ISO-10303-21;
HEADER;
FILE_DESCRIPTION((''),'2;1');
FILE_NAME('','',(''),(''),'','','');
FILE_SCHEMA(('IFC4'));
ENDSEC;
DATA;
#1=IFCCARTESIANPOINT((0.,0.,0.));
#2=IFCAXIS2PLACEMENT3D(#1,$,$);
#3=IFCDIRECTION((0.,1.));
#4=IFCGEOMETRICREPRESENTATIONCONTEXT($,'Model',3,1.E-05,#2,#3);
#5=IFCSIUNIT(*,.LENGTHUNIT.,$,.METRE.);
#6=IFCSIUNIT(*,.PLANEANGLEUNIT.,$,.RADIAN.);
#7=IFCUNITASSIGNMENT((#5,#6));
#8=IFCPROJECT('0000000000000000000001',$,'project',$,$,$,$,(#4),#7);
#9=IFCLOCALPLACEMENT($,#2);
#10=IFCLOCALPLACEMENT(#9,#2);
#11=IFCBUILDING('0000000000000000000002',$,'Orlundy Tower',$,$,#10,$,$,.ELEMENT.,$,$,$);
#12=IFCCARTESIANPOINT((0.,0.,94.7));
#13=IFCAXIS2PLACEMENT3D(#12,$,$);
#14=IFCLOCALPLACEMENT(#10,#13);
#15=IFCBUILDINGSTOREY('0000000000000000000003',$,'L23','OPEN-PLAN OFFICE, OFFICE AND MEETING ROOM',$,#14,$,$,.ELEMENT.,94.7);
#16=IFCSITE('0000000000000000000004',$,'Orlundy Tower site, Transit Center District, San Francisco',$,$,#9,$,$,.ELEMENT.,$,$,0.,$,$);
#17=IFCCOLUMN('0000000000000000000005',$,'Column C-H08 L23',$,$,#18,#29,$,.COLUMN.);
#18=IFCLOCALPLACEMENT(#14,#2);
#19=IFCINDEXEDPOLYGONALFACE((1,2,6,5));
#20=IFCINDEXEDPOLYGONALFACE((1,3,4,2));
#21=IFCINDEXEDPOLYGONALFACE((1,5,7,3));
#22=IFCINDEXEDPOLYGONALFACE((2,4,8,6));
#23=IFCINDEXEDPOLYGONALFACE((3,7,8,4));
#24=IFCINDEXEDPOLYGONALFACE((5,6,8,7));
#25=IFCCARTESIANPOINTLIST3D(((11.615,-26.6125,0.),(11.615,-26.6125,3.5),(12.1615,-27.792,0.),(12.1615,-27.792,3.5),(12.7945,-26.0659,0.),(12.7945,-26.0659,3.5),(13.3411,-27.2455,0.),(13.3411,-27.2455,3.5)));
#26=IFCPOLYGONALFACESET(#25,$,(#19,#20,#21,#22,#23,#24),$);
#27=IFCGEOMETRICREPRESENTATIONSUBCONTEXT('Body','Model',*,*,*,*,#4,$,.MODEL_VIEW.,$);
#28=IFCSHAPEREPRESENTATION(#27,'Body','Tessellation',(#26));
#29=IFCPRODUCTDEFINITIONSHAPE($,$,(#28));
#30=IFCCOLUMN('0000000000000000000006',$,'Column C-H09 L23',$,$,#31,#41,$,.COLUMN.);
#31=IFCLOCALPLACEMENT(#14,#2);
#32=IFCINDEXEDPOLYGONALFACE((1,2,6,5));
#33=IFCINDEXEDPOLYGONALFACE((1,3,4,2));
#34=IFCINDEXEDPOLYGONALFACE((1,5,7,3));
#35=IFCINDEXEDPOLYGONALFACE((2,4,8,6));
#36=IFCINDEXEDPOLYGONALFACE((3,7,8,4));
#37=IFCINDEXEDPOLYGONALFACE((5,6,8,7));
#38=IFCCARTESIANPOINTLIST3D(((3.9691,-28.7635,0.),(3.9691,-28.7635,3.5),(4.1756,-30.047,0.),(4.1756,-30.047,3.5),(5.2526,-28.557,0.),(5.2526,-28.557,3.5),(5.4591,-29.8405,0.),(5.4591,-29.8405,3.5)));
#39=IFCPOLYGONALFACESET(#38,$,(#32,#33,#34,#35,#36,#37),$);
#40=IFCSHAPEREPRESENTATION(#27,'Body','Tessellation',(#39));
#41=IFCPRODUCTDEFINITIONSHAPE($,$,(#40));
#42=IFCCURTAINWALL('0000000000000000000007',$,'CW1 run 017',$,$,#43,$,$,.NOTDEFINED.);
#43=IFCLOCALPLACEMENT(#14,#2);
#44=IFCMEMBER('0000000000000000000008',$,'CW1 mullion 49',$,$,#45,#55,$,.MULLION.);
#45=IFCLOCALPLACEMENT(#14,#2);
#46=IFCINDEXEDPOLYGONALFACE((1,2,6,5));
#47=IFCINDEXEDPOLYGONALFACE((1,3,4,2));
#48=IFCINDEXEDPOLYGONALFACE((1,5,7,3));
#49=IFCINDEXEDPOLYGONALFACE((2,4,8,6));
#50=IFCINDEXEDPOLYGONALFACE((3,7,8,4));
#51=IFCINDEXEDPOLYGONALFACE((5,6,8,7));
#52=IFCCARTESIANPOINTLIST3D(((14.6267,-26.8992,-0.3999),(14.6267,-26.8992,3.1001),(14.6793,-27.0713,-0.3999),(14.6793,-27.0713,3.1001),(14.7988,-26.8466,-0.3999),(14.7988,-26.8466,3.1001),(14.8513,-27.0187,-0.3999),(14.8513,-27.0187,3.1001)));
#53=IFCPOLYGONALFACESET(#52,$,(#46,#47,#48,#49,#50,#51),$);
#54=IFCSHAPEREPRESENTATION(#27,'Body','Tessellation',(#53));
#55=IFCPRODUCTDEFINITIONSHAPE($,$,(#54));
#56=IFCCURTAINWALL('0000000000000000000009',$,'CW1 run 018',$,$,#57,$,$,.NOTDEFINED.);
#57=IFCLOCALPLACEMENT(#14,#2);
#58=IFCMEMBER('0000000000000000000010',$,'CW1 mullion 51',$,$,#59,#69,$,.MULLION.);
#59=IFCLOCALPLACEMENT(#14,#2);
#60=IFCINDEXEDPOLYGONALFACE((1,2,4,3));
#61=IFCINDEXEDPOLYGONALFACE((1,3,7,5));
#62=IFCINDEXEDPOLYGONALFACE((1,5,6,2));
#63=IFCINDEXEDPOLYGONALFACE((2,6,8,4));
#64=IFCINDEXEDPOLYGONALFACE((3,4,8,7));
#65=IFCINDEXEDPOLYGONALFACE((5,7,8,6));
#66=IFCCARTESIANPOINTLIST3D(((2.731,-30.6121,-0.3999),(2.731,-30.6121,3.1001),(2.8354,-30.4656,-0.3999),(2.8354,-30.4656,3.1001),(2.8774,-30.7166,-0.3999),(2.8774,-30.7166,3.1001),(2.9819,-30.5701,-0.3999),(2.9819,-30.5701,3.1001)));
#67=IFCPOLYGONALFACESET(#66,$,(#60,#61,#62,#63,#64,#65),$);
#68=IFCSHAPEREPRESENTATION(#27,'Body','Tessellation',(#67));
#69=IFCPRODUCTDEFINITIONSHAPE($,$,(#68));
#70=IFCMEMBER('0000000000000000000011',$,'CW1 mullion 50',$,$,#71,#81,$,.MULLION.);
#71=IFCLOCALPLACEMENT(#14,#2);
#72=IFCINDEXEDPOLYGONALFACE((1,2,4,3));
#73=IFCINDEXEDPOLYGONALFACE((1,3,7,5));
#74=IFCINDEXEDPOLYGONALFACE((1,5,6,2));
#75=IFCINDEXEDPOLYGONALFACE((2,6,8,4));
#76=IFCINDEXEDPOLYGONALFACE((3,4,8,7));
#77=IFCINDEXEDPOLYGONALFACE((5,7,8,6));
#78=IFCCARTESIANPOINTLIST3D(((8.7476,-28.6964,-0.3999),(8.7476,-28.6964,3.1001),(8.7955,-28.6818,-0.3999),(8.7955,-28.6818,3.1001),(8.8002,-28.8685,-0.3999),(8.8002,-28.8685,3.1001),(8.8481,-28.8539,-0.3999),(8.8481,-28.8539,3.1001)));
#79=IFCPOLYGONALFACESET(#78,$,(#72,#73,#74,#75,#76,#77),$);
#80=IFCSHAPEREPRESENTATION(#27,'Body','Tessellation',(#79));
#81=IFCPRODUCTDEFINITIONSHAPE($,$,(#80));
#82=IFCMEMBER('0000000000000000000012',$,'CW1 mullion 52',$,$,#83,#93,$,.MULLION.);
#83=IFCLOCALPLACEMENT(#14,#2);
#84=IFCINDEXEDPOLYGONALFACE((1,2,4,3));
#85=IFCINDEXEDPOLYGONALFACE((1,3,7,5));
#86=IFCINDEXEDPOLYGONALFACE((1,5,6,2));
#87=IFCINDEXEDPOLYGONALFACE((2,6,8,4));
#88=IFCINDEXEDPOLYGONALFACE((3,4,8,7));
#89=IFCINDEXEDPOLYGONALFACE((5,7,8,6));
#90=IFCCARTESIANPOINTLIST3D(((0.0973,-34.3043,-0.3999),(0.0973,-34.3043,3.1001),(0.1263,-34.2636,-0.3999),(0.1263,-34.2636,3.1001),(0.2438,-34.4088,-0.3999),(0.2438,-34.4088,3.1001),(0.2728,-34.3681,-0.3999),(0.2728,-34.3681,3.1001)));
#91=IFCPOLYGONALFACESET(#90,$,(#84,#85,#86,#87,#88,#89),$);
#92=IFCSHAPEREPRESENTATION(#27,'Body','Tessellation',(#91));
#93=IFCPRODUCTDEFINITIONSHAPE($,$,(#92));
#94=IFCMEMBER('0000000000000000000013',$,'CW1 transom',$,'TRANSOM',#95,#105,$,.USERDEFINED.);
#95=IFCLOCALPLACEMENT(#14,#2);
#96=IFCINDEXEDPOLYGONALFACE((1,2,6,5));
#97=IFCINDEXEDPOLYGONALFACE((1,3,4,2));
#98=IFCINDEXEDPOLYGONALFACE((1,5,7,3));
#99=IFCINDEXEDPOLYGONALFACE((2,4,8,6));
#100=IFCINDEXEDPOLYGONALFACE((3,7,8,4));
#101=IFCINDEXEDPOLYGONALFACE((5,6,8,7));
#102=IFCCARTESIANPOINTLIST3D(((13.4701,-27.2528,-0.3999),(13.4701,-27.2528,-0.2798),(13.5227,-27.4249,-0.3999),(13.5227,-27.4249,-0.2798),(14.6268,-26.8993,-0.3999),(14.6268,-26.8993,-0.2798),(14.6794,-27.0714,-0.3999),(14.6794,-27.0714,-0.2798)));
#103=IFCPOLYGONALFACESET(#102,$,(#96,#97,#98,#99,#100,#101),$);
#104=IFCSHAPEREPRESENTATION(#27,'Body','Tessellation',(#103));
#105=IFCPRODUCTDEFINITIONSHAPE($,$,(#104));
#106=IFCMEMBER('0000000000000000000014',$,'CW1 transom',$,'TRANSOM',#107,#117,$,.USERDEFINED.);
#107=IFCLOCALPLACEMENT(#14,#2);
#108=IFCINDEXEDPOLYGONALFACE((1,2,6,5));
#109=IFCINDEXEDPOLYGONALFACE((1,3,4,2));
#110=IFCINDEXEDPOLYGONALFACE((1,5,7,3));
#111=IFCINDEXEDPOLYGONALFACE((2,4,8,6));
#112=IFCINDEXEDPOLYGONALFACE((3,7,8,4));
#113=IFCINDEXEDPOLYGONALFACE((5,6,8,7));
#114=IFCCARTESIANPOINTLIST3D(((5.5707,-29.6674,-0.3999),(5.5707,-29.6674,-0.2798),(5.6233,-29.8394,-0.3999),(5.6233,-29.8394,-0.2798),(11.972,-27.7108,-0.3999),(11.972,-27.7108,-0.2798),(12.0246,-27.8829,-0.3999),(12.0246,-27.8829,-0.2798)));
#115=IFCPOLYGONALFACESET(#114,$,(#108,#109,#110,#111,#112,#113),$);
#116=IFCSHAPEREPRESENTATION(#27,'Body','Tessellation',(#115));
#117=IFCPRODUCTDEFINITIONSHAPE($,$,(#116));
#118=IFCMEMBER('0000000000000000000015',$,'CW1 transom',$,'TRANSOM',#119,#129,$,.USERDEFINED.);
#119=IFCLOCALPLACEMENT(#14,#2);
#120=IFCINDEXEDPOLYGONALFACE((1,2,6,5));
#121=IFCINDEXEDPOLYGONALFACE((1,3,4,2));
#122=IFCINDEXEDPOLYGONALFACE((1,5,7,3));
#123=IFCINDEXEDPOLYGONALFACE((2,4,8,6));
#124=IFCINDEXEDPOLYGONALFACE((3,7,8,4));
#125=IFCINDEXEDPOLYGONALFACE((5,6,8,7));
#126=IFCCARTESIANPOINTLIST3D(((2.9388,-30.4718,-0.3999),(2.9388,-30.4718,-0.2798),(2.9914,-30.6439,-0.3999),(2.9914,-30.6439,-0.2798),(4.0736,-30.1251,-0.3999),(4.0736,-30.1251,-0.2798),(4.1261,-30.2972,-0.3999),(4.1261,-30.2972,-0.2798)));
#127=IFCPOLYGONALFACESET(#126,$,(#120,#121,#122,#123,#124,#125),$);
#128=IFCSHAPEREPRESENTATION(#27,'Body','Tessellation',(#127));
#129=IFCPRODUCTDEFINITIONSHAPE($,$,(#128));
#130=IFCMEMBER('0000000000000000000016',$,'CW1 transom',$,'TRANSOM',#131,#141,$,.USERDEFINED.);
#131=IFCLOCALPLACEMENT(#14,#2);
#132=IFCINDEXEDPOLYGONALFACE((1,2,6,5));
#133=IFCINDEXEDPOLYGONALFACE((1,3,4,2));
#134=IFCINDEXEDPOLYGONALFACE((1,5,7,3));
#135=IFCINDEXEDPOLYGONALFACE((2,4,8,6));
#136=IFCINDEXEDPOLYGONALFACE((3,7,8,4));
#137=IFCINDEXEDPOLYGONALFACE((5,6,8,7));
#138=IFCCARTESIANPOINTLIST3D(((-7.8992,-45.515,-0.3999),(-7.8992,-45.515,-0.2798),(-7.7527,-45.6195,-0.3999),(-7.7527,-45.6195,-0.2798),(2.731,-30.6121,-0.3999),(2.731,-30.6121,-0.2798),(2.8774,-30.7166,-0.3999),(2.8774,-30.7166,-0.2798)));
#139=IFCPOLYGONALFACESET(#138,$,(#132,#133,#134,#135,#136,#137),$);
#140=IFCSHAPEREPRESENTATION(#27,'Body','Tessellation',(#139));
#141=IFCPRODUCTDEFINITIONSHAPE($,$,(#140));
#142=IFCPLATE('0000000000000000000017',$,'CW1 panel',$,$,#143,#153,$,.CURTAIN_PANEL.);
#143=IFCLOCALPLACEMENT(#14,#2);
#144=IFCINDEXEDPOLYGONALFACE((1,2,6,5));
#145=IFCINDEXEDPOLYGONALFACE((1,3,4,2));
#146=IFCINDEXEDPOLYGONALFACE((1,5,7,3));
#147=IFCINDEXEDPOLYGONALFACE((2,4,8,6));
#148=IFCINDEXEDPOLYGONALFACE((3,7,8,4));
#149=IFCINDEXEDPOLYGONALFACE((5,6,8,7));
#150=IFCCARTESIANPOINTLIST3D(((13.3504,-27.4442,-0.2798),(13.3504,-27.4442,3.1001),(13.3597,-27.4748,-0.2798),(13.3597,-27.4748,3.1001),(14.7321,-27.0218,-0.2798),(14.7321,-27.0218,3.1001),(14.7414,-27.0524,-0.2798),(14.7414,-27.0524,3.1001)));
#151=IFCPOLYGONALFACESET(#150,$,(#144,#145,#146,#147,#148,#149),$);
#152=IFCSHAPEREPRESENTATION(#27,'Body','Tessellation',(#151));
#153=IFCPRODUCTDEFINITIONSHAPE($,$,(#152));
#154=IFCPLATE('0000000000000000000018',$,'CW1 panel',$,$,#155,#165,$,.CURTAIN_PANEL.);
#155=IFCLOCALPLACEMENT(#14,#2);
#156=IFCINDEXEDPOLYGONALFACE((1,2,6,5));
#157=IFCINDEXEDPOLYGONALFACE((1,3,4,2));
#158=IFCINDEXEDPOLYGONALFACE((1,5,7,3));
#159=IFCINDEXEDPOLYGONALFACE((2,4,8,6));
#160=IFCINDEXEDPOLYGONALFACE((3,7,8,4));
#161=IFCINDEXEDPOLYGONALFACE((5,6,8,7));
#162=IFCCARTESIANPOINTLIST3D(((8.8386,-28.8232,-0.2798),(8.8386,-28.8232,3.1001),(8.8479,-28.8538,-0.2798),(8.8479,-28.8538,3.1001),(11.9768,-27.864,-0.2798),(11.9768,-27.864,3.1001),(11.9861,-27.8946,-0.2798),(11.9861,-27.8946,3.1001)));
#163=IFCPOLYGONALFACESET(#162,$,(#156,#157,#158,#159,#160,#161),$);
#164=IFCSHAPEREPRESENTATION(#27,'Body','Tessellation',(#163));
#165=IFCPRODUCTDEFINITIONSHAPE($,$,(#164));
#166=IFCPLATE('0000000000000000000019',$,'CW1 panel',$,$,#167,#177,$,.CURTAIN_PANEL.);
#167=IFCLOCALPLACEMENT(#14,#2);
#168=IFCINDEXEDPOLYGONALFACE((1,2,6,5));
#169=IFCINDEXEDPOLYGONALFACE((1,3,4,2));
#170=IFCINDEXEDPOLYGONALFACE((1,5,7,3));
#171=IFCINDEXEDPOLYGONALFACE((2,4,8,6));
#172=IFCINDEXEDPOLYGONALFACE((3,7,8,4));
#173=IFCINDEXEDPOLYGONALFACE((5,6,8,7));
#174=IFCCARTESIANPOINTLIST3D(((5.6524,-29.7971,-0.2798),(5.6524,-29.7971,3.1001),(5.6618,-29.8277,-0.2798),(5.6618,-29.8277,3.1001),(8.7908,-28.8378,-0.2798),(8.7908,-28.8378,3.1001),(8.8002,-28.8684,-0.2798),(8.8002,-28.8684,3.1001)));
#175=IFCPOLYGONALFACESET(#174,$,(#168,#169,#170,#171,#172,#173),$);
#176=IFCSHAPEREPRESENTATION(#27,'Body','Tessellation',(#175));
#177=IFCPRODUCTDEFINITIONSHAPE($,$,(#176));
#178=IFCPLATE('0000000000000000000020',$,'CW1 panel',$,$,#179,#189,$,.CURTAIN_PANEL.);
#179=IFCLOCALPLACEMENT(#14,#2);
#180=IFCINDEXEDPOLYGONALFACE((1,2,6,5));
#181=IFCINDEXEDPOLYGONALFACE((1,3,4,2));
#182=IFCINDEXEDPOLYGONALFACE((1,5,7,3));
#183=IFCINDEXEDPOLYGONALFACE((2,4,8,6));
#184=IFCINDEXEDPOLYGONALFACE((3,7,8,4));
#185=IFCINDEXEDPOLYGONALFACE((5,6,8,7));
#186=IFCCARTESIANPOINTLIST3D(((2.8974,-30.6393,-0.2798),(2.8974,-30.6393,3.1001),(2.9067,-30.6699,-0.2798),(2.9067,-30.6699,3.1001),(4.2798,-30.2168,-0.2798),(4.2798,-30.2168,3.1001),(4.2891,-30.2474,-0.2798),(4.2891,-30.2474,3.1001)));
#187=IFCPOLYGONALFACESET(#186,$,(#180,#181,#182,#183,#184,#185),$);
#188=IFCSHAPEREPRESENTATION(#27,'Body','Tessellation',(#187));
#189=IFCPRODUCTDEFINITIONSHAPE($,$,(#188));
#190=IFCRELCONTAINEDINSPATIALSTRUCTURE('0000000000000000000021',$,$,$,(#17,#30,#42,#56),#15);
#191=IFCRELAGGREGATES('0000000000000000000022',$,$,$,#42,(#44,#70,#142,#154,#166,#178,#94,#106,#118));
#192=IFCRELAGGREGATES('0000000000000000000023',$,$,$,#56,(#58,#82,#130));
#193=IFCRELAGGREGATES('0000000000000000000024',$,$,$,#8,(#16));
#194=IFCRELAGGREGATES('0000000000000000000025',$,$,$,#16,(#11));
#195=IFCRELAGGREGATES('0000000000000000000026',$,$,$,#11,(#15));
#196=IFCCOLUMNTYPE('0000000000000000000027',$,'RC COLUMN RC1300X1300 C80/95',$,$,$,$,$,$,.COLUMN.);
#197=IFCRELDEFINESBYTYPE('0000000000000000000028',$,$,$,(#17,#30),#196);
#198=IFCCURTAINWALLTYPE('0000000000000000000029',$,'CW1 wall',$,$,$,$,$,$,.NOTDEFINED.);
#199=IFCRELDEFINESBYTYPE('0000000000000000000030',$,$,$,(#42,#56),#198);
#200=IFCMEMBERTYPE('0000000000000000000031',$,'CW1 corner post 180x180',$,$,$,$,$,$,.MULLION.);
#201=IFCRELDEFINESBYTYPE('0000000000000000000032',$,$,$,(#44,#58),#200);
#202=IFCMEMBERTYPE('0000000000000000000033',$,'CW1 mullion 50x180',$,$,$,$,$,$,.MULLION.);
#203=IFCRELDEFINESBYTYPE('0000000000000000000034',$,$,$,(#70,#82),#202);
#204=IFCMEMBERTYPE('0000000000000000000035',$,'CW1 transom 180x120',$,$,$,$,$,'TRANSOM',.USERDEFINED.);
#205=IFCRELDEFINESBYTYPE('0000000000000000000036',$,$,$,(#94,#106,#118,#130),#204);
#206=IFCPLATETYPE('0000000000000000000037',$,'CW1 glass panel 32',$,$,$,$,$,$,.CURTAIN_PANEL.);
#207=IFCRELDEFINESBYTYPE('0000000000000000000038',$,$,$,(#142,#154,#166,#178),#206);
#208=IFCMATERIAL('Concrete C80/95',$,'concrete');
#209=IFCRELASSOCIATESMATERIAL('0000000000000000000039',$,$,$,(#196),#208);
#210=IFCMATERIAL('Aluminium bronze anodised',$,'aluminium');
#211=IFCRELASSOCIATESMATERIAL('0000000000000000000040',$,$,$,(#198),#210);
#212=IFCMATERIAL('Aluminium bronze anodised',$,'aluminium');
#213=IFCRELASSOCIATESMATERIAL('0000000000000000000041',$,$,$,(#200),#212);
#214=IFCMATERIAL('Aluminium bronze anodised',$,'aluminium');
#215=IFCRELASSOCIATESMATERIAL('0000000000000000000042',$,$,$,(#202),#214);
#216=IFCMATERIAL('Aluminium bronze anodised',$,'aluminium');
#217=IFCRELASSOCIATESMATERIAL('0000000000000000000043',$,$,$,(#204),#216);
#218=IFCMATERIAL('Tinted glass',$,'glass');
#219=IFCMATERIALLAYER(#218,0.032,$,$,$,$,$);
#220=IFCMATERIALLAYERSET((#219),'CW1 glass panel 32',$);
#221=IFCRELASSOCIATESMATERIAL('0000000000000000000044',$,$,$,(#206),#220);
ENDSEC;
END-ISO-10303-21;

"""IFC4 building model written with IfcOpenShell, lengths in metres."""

from ifc_helpers import new_model, si_unit, direction, frame, origin, origin_2d, place, context, subcontext, project, spatial, rectangle, extrude, material, layer, layer_set, material_profile, profile_set, type_object, element, aggregate, save


model = new_model("IFC4")

# Units and contexts
model_context = context("Model", 3, precision=1e-05, world=origin(), true_north=direction((0.0, 1.0)))
body_context = subcontext(model_context, "Body", "Model", "MODEL_VIEW")
ifc_project = project(units=[si_unit("LENGTHUNIT", "METRE"), si_unit("PLANEANGLEUNIT", "RADIAN")], contexts=[model_context])

# Site, building, storey
site_placement = place(None, origin())
site = spatial("IfcSite", under=ifc_project, at=site_placement, Name="Orlundy Tower site, Transit Center District, San Francisco", CompositionType="ELEMENT", RefElevation=0.0)
building_placement = place(site_placement, origin())
building = spatial("IfcBuilding", under=site, at=building_placement, Name="Orlundy Tower", CompositionType="ELEMENT")
storey_placement = place(building_placement, frame((0.0, 0.0, 94.7)))
storey = spatial("IfcBuildingStorey", under=building, at=storey_placement, Name="L23", Description="OPEN-PLAN OFFICE, OFFICE AND MEETING ROOM", CompositionType="ELEMENT", Elevation=94.7)

# Columns
ifc_material_1 = material(Name="Concrete C80/95", Category="concrete")
ifc_material_profile_1 = material_profile(ifc_material_1, rectangle(XDim=1.3, YDim=1.3, at=origin_2d()), Name="RC1300X1300")
ifc_profile_set_1 = profile_set([ifc_material_profile_1], Name="Concrete C80/95")
column_type = type_object("IfcColumnType", Name="RC COLUMN RC1300X1300 C80/95", PredefinedType="COLUMN", material=ifc_profile_set_1)
for number, where, z_axis, x_axis, name in (
    (1, (12.478, -26.929, 0.0), (0.0, 0.0, 1.0), (0.420418, -0.90733, 0.0), "Column C-H08 L23"),
    (2, (4.7141, -29.302, 0.0), (0.0, 0.0, 1.0), (0.15883, -0.987306, 0.0), "Column C-H09 L23"),
):
    element("IfcColumn", number, at=place(storey_placement, frame(where, z_axis=z_axis, x_axis=x_axis)), inside=storey, type_object=column_type, Name=name, PredefinedType="COLUMN", context=body_context, shape_type="SweptSolid", body=[
        extrude(rectangle(XDim=1.3, YDim=1.3, at=origin_2d()), origin(), (0.0, 0.0, 1.0), 3.5),
    ])

# Curtain walls, members
ifc_material_2 = material(Name="Aluminium bronze anodised", Category="aluminium")
curtain_wall_type = type_object("IfcCurtainWallType", Name="CW1 wall", PredefinedType="NOTDEFINED", material=ifc_material_2)
curtain_wall_1_placement = place(storey_placement, origin())
curtain_wall_1 = element("IfcCurtainWall", 3, at=curtain_wall_1_placement, inside=storey, type_object=curtain_wall_type, Name="CW1 run 017", PredefinedType="NOTDEFINED")
ifc_material_3 = material(Name="Aluminium bronze anodised", Category="aluminium")
ifc_material_profile_2 = material_profile(ifc_material_3, rectangle(XDim=0.1799, YDim=0.1799, at=origin_2d()), Name="CW1 corner post 180x180")
ifc_profile_set_2 = profile_set([ifc_material_profile_2], Name="Aluminium bronze anodised")
member_type_1 = type_object("IfcMemberType", Name="CW1 corner post 180x180", PredefinedType="MULLION", material=ifc_profile_set_2)
member_1_placement = place(storey_placement, frame((14.739, -26.959, -0.3999), z_axis=(0.0, 0.0, 1.0), x_axis=(0.292318, -0.956321, 0.0)))
member_1 = element("IfcMember", 4, at=member_1_placement, type_object=member_type_1, Name="CW1 mullion 49", PredefinedType="MULLION", context=body_context, shape_type="SweptSolid", body=[
    extrude(rectangle(XDim=0.1799, YDim=0.1799, at=origin_2d()), origin(), (0.0, 0.0, 1.0), 3.5),
])
curtain_wall_2_placement = place(storey_placement, origin())
curtain_wall_2 = element("IfcCurtainWall", 5, at=curtain_wall_2_placement, inside=storey, type_object=curtain_wall_type, Name="CW1 run 018", PredefinedType="NOTDEFINED")
member_2_placement = place(storey_placement, frame((2.8564, -30.5911, -0.3999), z_axis=(0.0, 0.0, 1.0), x_axis=(0.81411, -0.58071, 0.0)))
member_2 = element("IfcMember", 6, at=member_2_placement, type_object=member_type_1, Name="CW1 mullion 51", PredefinedType="MULLION", context=body_context, shape_type="SweptSolid", body=[
    extrude(rectangle(XDim=0.1799, YDim=0.1799, at=origin_2d()), origin(), (0.0, 0.0, 1.0), 3.5),
])

# Members
ifc_material_4 = material(Name="Aluminium bronze anodised", Category="aluminium")
ifc_material_profile_3 = material_profile(ifc_material_4, rectangle(XDim=0.1799, YDim=0.05, at=origin_2d()), Name="CW1 mullion 50x180")
ifc_profile_set_3 = profile_set([ifc_material_profile_3], Name="Aluminium bronze anodised")
member_type_2 = type_object("IfcMemberType", Name="CW1 mullion 50x180", PredefinedType="MULLION", material=ifc_profile_set_3)
member_3_placement = place(storey_placement, frame((8.7979, -28.7751, -0.3999), z_axis=(0.0, 0.0, 1.0), x_axis=(0.292318, -0.956321, 0.0)))
member_3 = element("IfcMember", 7, at=member_3_placement, type_object=member_type_2, Name="CW1 mullion 50", PredefinedType="MULLION", context=body_context, shape_type="SweptSolid", body=[
    extrude(rectangle(XDim=0.1799, YDim=0.05, at=origin_2d()), origin(), (0.0, 0.0, 1.0), 3.5),
])
member_4_placement = place(storey_placement, frame((0.1851, -34.3362, -0.3999), z_axis=(0.0, 0.0, 1.0), x_axis=(0.81411, -0.58071, 0.0)))
member_4 = element("IfcMember", 8, at=member_4_placement, type_object=member_type_2, Name="CW1 mullion 52", PredefinedType="MULLION", context=body_context, shape_type="SweptSolid", body=[
    extrude(rectangle(XDim=0.1799, YDim=0.05, at=origin_2d()), origin(), (0.0, 0.0, 1.0), 3.5),
])
ifc_material_5 = material(Name="Aluminium bronze anodised", Category="aluminium")
ifc_material_profile_4 = material_profile(ifc_material_5, rectangle(XDim=0.1799, YDim=0.1201, at=origin_2d()), Name="CW1 transom 180x120")
ifc_profile_set_4 = profile_set([ifc_material_profile_4], Name="Aluminium bronze anodised")
member_type_3 = type_object("IfcMemberType", Name="CW1 transom 180x120", ElementType="TRANSOM", PredefinedType="USERDEFINED", material=ifc_profile_set_4)
member_5_placement = place(storey_placement, frame((14.6531, -26.9854, -0.3398), z_axis=(-0.956336, -0.29227, 0.0), x_axis=(0.29227, -0.956336, 0.0)))
member_5 = element("IfcMember", 9, at=member_5_placement, type_object=member_type_3, Name="CW1 transom", ObjectType="TRANSOM", PredefinedType="USERDEFINED", context=body_context, shape_type="SweptSolid", body=[
    extrude(rectangle(XDim=0.1799, YDim=0.1201, at=origin_2d()), origin(), (0.0, 0.0, 1.0), 1.2095),
])
member_6_placement = place(storey_placement, frame((11.9983, -27.7969, -0.3398), z_axis=(-0.956328, -0.292296, 0.0), x_axis=(0.292296, -0.956328, 0.0)))
member_6 = element("IfcMember", 10, at=member_6_placement, type_object=member_type_3, Name="CW1 transom", ObjectType="TRANSOM", PredefinedType="USERDEFINED", context=body_context, shape_type="SweptSolid", body=[
    extrude(rectangle(XDim=0.1799, YDim=0.1201, at=origin_2d()), origin(), (0.0, 0.0, 1.0), 6.6936),
])
member_7_placement = place(storey_placement, frame((4.0999, -30.2112, -0.3398), z_axis=(-0.956364, -0.292177, 0.0), x_axis=(0.292177, -0.956364, 0.0)))
member_7 = element("IfcMember", 11, at=member_7_placement, type_object=member_type_3, Name="CW1 transom", ObjectType="TRANSOM", PredefinedType="USERDEFINED", context=body_context, shape_type="SweptSolid", body=[
    extrude(rectangle(XDim=0.1799, YDim=0.1201, at=origin_2d()), origin(), (0.0, 0.0, 1.0), 1.1865),
])
member_8_placement = place(storey_placement, frame((2.8042, -30.6643, -0.3398), z_axis=(-0.580704, -0.814114, 0.0), x_axis=(0.814114, -0.580704, 0.0)))
member_8 = element("IfcMember", 12, at=member_8_placement, type_object=member_type_3, Name="CW1 transom", ObjectType="TRANSOM", PredefinedType="USERDEFINED", context=body_context, shape_type="SweptSolid", body=[
    extrude(rectangle(XDim=0.1799, YDim=0.1201, at=origin_2d()), origin(), (0.0, 0.0, 1.0), 18.3057),
])

# Plates
ifc_material_6 = material(Name="Tinted glass", Category="glass")
ifc_layer_1 = layer(ifc_material_6, 0.032)
ifc_layer_set_1 = layer_set([ifc_layer_1], Name="CW1 glass panel 32")
plate_type = type_object("IfcPlateType", Name="CW1 glass panel 32", PredefinedType="CURTAIN_PANEL", material=ifc_layer_set_1)
plate_1_placement = place(storey_placement, frame((14.0459, -27.2483, -0.2798), z_axis=(0.0, 0.0, 1.0), x_axis=(-0.956321, -0.292318, 0.0)))
plate_1 = element("IfcPlate", 13, at=plate_1_placement, type_object=plate_type, Name="CW1 panel", PredefinedType="CURTAIN_PANEL", context=body_context, shape_type="SweptSolid", body=[
    extrude(rectangle(XDim=1.4448, YDim=0.032, at=origin_2d()), origin(), (0.0, 0.0, 1.0), 3.3799),
])
plate_2_placement = place(storey_placement, frame((10.4124, -28.3589, -0.2798), z_axis=(0.0, 0.0, 1.0), x_axis=(-0.956321, -0.292318, 0.0)))
plate_2 = element("IfcPlate", 14, at=plate_2_placement, type_object=plate_type, Name="CW1 panel", PredefinedType="CURTAIN_PANEL", context=body_context, shape_type="SweptSolid", body=[
    extrude(rectangle(XDim=3.2815, YDim=0.032, at=origin_2d()), origin(), (0.0, 0.0, 1.0), 3.3799),
])
plate_3_placement = place(storey_placement, frame((7.2263, -29.3328, -0.2798), z_axis=(0.0, 0.0, 1.0), x_axis=(-0.956321, -0.292318, 0.0)))
plate_3 = element("IfcPlate", 15, at=plate_3_placement, type_object=plate_type, Name="CW1 panel", PredefinedType="CURTAIN_PANEL", context=body_context, shape_type="SweptSolid", body=[
    extrude(rectangle(XDim=3.2817, YDim=0.032, at=origin_2d()), origin(), (0.0, 0.0, 1.0), 3.3799),
])
plate_4_placement = place(storey_placement, frame((3.5933, -30.4434, -0.2798), z_axis=(0.0, 0.0, 1.0), x_axis=(-0.956321, -0.292318, 0.0)))
plate_4 = element("IfcPlate", 16, at=plate_4_placement, type_object=plate_type, Name="CW1 panel", PredefinedType="CURTAIN_PANEL", context=body_context, shape_type="SweptSolid", body=[
    extrude(rectangle(XDim=1.4456, YDim=0.032, at=origin_2d()), origin(), (0.0, 0.0, 1.0), 3.3799),
])
aggregate(curtain_wall_1, [member_1, member_3, plate_1, plate_2, plate_3, plate_4, member_5, member_6, member_7])
aggregate(curtain_wall_2, [member_2, member_4, member_8])

save(model, "model.ifc")
